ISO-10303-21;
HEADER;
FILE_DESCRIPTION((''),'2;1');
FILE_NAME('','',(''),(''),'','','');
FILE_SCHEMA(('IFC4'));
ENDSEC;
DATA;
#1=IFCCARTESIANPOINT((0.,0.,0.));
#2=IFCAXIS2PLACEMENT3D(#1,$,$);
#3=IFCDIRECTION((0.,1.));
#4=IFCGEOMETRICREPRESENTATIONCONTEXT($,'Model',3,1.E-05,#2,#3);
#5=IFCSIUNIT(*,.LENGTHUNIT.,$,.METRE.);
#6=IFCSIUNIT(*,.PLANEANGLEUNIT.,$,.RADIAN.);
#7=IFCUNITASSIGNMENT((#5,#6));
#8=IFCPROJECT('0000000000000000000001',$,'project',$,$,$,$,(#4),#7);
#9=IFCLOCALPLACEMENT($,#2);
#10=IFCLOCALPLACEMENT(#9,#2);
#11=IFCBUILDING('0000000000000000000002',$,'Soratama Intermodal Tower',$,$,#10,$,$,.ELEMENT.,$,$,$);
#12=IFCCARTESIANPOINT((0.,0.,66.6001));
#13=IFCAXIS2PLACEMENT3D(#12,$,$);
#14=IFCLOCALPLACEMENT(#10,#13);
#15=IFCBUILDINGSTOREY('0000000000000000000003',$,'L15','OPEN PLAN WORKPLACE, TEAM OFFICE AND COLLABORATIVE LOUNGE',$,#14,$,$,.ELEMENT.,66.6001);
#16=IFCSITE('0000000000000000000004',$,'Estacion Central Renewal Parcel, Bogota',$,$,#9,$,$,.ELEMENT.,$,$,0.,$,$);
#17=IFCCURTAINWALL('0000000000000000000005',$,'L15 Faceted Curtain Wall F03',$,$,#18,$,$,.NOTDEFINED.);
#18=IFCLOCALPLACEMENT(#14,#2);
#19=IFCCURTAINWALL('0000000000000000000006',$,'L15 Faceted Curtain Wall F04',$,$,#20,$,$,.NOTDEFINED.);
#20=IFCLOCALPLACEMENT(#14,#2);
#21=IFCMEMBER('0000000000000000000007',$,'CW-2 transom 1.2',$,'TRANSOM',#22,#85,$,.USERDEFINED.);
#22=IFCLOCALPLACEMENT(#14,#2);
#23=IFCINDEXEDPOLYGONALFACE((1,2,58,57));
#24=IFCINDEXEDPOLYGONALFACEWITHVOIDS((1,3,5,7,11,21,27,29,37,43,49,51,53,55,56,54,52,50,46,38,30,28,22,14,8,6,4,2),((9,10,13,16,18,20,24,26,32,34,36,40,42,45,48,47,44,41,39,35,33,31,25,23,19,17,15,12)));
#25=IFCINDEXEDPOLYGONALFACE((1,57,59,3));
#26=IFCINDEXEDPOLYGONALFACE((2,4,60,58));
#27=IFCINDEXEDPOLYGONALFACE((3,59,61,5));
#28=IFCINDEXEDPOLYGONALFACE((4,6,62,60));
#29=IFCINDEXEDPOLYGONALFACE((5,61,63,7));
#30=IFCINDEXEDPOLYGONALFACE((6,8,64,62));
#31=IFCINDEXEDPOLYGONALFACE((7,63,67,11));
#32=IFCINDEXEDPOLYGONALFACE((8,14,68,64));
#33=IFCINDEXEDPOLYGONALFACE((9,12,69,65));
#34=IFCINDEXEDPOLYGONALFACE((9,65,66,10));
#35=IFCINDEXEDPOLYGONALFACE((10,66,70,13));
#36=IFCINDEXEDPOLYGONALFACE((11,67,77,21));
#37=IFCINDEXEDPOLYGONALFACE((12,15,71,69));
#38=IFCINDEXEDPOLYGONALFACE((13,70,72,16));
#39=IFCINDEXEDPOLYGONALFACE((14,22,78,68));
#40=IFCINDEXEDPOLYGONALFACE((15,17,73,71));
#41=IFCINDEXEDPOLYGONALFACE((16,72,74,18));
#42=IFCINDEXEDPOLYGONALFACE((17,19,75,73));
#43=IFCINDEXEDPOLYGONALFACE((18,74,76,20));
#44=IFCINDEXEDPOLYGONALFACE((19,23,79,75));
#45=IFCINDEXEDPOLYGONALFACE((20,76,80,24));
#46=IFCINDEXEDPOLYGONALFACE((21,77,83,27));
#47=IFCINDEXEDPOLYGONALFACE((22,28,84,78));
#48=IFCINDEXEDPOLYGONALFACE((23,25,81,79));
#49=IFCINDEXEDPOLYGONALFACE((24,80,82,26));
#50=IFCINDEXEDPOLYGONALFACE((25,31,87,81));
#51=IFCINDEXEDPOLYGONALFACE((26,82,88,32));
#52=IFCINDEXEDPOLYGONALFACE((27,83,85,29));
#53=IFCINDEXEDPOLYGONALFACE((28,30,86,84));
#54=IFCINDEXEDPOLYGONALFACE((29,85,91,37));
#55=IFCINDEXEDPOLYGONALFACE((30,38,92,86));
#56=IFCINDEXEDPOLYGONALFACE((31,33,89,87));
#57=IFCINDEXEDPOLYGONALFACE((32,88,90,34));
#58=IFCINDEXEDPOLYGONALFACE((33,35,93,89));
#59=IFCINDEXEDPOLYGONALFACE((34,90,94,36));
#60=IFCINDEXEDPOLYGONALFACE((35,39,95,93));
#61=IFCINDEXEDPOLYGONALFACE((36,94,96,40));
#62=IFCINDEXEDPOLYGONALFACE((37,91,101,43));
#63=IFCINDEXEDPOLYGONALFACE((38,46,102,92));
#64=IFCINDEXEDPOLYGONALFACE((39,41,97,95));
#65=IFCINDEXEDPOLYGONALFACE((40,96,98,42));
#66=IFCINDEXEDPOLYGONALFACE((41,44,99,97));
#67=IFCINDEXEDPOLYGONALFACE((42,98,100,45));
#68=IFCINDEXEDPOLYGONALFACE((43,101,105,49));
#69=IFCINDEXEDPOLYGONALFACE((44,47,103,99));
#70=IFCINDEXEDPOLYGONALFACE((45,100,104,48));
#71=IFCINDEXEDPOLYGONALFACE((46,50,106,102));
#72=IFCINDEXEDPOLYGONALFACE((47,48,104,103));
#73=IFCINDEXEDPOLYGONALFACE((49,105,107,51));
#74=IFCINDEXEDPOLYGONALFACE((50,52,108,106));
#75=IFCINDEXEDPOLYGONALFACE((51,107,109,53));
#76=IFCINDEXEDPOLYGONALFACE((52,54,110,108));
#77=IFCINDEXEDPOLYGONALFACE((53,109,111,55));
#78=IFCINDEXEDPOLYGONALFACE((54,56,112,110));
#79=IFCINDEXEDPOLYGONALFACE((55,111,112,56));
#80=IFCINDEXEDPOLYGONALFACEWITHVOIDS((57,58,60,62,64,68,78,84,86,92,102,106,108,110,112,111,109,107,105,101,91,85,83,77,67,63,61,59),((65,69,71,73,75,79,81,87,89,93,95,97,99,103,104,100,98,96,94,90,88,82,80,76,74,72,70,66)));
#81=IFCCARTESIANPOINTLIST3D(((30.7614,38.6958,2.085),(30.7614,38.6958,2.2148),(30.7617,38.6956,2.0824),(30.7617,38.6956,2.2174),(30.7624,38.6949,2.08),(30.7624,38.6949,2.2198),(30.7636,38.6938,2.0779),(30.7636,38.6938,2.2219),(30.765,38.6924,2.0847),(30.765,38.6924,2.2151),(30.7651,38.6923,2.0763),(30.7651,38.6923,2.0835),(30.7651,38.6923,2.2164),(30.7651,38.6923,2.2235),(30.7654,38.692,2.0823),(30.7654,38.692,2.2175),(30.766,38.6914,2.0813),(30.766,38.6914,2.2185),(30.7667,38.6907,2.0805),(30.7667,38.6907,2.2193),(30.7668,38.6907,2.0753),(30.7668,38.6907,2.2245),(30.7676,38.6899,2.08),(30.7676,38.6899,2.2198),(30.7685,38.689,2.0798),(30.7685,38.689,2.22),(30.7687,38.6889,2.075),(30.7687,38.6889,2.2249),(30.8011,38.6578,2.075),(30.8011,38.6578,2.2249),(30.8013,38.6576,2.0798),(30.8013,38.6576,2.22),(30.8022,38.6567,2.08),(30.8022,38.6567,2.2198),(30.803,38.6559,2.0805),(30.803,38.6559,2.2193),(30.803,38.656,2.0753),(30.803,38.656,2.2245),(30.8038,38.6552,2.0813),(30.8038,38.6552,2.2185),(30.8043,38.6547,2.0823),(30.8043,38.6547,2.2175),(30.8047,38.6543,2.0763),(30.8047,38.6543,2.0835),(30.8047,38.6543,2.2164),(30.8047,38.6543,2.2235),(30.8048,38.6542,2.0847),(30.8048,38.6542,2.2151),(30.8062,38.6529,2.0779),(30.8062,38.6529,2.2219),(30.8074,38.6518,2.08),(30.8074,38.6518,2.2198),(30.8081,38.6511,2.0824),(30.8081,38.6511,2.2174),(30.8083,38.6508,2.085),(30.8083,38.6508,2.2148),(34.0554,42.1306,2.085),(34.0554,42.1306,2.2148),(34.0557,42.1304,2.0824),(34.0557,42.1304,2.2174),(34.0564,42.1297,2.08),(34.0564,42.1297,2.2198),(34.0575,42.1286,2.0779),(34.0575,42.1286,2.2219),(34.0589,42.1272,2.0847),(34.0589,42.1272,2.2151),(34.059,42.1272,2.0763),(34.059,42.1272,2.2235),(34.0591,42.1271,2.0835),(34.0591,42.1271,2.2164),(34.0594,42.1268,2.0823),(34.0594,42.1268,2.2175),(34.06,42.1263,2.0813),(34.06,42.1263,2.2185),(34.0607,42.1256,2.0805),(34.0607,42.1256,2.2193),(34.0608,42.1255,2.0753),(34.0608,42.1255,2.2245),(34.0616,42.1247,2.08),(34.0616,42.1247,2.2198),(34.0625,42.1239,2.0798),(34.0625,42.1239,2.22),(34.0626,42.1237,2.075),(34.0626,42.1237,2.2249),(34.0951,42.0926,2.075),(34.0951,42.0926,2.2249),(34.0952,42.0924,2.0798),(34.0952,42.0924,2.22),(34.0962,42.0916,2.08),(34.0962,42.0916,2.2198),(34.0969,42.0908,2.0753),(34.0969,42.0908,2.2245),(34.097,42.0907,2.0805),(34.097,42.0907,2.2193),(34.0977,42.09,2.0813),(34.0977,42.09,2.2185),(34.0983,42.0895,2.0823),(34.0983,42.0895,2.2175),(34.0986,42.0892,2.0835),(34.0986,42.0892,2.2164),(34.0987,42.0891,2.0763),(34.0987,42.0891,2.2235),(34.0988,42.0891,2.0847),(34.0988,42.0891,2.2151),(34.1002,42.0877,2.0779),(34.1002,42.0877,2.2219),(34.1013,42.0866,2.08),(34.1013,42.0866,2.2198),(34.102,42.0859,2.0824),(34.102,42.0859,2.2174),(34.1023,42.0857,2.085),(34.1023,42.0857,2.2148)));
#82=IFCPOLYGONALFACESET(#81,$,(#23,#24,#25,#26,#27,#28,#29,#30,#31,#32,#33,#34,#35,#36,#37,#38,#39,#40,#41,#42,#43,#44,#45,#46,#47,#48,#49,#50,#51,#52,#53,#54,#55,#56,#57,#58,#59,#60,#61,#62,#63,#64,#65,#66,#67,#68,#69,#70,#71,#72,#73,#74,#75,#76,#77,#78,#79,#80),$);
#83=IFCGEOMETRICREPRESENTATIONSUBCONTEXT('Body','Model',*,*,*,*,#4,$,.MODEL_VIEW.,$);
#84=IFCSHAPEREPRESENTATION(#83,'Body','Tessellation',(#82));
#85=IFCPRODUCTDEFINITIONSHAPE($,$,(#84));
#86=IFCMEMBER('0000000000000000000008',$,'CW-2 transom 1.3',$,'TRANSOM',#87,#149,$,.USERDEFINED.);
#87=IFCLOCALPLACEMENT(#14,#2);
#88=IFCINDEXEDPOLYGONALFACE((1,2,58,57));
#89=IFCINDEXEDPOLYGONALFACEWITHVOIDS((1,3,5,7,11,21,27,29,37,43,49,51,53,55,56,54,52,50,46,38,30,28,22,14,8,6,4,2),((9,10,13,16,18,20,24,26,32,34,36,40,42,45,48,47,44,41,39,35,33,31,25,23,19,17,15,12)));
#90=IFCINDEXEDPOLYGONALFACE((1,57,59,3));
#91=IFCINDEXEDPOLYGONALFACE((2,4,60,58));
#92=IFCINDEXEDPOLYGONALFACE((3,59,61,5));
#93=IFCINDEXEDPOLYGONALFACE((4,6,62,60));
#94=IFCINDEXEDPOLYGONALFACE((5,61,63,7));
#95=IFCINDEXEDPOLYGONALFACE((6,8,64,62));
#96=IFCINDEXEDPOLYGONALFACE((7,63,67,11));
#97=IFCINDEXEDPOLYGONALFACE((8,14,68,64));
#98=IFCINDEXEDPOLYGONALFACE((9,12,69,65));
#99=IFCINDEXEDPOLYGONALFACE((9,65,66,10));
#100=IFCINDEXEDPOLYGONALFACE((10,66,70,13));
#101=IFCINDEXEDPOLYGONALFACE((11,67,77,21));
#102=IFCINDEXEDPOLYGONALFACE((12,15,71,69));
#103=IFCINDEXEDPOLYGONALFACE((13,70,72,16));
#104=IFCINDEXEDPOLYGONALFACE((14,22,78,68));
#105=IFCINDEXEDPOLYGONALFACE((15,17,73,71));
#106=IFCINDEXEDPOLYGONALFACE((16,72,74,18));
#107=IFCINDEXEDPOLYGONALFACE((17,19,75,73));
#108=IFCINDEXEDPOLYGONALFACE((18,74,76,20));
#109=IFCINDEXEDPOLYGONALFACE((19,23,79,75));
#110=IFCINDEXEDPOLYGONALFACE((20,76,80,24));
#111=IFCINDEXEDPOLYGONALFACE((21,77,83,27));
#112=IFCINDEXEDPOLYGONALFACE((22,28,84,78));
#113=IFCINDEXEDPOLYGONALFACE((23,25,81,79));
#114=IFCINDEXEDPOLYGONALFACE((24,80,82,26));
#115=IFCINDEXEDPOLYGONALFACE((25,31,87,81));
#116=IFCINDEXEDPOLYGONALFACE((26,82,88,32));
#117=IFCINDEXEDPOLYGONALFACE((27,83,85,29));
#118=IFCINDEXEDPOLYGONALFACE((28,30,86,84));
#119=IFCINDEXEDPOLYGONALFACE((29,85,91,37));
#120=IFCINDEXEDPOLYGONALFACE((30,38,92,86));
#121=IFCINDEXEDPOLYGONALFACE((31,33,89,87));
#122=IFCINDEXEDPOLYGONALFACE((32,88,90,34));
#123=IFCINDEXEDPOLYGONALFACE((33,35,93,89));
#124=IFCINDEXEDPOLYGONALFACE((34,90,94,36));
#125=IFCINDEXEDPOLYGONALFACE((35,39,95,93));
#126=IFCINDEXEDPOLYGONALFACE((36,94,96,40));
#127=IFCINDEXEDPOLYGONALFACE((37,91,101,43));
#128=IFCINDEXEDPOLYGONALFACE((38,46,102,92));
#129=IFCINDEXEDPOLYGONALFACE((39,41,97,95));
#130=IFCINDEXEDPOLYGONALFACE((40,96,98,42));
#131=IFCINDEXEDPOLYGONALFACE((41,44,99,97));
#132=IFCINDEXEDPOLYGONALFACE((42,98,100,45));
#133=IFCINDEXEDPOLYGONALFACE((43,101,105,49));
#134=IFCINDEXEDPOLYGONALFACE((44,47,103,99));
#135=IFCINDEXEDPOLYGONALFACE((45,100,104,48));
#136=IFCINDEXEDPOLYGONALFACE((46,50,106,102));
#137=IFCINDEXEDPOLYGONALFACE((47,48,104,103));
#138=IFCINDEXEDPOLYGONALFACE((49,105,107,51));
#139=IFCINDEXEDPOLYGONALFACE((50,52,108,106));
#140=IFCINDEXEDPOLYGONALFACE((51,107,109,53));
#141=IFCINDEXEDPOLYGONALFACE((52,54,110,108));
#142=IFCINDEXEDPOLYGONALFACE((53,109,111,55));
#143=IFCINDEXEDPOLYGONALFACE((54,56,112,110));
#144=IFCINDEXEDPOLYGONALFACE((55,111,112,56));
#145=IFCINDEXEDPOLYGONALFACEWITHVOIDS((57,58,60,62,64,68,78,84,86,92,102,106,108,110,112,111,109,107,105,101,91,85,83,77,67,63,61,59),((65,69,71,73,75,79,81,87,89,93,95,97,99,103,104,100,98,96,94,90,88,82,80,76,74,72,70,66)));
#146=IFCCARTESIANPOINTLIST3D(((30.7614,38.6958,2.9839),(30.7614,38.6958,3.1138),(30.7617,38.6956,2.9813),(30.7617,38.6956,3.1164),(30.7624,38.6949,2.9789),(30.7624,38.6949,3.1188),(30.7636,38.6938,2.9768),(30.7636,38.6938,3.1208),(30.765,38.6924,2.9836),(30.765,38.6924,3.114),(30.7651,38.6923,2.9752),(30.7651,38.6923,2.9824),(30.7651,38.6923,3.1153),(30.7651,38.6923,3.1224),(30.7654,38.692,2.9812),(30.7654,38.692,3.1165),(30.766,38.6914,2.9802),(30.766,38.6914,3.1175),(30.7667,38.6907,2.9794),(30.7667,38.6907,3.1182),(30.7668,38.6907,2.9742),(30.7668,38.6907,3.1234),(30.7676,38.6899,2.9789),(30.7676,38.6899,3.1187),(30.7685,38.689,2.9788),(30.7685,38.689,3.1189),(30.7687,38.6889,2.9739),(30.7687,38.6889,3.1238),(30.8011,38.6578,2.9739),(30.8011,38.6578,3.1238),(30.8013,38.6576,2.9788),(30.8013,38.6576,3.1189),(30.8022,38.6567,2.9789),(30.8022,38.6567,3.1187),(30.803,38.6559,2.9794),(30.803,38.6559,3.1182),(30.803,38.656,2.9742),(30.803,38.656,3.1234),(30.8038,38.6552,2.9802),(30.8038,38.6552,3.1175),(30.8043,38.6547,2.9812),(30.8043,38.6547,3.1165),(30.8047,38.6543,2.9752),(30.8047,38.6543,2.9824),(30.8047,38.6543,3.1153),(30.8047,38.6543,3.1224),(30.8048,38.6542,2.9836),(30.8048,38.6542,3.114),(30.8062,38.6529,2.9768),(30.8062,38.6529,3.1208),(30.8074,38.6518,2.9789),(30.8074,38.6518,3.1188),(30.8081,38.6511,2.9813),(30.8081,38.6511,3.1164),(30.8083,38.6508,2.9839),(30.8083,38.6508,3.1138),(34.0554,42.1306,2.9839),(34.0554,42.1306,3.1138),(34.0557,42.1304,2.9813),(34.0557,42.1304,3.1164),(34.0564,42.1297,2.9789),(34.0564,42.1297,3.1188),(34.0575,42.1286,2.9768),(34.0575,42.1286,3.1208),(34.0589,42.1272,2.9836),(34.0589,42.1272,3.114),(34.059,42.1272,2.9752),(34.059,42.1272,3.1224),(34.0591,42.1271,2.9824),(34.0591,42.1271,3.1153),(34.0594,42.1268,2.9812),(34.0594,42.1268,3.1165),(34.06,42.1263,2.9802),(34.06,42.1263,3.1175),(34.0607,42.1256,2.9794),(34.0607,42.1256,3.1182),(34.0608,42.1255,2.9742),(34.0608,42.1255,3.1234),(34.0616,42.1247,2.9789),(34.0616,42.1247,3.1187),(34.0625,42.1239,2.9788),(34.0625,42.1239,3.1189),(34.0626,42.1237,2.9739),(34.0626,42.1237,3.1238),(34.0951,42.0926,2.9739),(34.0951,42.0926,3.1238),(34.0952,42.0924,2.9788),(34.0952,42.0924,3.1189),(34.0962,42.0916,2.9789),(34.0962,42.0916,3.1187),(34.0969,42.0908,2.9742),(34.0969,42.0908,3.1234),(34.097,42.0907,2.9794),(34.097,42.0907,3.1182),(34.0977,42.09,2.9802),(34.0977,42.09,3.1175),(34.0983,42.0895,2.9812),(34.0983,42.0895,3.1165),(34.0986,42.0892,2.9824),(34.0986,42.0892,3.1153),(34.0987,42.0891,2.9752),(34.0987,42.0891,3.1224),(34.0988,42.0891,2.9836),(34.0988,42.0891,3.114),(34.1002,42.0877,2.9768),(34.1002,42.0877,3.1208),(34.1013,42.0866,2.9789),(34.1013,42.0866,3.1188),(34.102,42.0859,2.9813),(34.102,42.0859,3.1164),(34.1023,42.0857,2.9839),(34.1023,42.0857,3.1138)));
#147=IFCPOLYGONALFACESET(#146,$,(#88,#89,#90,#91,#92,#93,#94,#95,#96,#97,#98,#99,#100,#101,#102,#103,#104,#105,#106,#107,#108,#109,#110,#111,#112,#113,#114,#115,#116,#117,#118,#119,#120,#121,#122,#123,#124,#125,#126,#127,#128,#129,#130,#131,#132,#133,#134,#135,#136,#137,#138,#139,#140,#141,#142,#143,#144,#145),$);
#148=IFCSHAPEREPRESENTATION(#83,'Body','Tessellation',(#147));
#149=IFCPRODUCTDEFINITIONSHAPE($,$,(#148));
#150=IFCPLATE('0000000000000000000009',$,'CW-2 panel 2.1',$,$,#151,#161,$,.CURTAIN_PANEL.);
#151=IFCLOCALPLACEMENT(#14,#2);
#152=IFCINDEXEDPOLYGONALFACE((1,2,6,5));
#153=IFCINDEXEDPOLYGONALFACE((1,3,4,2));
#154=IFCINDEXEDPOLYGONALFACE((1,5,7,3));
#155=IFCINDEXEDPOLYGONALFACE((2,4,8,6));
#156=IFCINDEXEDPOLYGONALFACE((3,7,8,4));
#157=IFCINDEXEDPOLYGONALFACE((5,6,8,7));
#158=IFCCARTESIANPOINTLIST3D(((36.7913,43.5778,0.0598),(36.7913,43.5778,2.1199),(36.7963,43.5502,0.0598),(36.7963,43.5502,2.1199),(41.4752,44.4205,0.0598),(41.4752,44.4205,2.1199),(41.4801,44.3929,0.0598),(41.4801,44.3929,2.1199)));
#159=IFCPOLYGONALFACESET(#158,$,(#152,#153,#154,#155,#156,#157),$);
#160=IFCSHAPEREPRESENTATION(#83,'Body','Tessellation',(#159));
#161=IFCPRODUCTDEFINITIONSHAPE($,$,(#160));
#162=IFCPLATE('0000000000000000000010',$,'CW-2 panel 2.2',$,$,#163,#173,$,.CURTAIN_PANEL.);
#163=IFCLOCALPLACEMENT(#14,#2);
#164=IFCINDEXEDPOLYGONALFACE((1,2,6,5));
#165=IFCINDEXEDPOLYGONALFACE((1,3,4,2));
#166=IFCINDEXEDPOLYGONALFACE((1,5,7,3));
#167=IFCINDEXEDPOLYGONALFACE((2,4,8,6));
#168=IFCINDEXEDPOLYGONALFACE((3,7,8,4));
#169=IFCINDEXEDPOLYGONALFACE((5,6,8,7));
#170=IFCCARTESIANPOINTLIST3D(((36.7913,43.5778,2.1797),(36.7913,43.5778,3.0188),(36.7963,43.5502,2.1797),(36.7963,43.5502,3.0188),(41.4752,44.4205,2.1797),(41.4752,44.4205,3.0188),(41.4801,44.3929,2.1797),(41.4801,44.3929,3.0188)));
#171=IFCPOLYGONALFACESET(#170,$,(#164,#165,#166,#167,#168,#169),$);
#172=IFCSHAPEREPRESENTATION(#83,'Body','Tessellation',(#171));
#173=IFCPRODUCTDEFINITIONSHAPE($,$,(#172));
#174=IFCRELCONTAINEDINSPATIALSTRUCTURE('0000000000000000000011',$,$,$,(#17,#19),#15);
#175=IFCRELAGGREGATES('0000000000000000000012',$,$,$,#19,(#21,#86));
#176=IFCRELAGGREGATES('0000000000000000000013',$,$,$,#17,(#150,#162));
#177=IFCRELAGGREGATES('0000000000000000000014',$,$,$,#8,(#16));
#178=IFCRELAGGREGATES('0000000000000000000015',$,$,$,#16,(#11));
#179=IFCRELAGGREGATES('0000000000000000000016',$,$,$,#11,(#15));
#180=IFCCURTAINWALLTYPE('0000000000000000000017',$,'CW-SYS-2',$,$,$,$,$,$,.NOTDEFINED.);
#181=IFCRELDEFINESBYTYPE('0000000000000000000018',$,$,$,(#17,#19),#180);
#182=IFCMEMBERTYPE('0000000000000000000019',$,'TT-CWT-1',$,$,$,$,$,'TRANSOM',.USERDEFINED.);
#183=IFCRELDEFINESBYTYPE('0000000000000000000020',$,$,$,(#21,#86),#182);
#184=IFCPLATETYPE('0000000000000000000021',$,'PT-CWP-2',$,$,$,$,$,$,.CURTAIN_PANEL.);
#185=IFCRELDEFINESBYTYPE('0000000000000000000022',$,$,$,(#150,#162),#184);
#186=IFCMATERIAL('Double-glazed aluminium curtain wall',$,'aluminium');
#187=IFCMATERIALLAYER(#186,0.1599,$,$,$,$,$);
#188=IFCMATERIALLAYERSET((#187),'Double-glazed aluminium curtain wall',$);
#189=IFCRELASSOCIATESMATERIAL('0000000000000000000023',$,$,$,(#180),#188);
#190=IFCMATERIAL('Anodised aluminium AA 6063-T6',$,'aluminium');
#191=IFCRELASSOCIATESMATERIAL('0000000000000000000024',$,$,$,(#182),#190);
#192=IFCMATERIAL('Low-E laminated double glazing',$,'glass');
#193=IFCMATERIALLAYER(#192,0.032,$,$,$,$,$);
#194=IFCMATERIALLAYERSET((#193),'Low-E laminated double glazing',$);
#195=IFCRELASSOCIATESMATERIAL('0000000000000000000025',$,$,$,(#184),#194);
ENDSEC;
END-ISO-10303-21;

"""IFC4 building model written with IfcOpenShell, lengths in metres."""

from ifc_helpers import new_model, si_unit, direction, frame, origin, origin_2d, place, context, subcontext, project, spatial, rectangle, hollow_rectangle, extrude, material, layer, layer_set, material_profile, profile_set, type_object, element, aggregate, save


model = new_model("IFC4")

# Units and contexts
model_context = context("Model", 3, precision=1e-05, world=origin(), true_north=direction((0.0, 1.0)))
body_context = subcontext(model_context, "Body", "Model", "MODEL_VIEW")
ifc_project = project(units=[si_unit("LENGTHUNIT", "METRE"), si_unit("PLANEANGLEUNIT", "RADIAN")], contexts=[model_context])

# Site, building, storey
site_placement = place(None, origin())
site = spatial("IfcSite", under=ifc_project, at=site_placement, Name="Estacion Central Renewal Parcel, Bogota", CompositionType="ELEMENT", RefElevation=0.0)
building_placement = place(site_placement, origin())
building = spatial("IfcBuilding", under=site, at=building_placement, Name="Soratama Intermodal Tower", CompositionType="ELEMENT")
storey_placement = place(building_placement, frame((0.0, 0.0, 66.6001)))
storey = spatial("IfcBuildingStorey", under=building, at=storey_placement, Name="L15", Description="OPEN PLAN WORKPLACE, TEAM OFFICE AND COLLABORATIVE LOUNGE", CompositionType="ELEMENT", Elevation=66.6001)

# Curtain wall
ifc_material_1 = material(Name="Double-glazed aluminium curtain wall", Category="aluminium")
ifc_layer_1 = layer(ifc_material_1, 0.1599)
ifc_layer_set_1 = layer_set([ifc_layer_1], Name="Double-glazed aluminium curtain wall")
curtain_wall_type = type_object("IfcCurtainWallType", Name="CW-SYS-2", PredefinedType="NOTDEFINED", material=ifc_layer_set_1)
curtain_wall_1_placement = place(storey_placement, origin())
curtain_wall_1 = element("IfcCurtainWall", 1, at=curtain_wall_1_placement, inside=storey, type_object=curtain_wall_type, Name="L15 Faceted Curtain Wall F03", PredefinedType="NOTDEFINED")

# Curtain wall, members
curtain_wall_2_placement = place(storey_placement, origin())
curtain_wall_2 = element("IfcCurtainWall", 2, at=curtain_wall_2_placement, inside=storey, type_object=curtain_wall_type, Name="L15 Faceted Curtain Wall F04", PredefinedType="NOTDEFINED")
ifc_material_2 = material(Name="Anodised aluminium AA 6063-T6", Category="aluminium")
ifc_material_profile_1 = material_profile(ifc_material_2, hollow_rectangle(XDim=0.0649, YDim=0.1499, WallThickness=0.0049, InnerFilletRadius=0.0049, OuterFilletRadius=0.01, at=origin_2d()), Name="CWT150X65X5")
ifc_profile_set_1 = profile_set([ifc_material_profile_1], Name="Anodised aluminium AA 6063-T6")
member_type_1 = type_object("IfcMemberType", Name="TT-CWT-1", ElementType="TRANSOM", PredefinedType="USERDEFINED", material=ifc_profile_set_1)
member_1_placement = place(storey_placement, frame((34.0789, 42.1082, 2.1499), z_axis=(-0.692152, -0.721752, 0.0), x_axis=(0.721752, -0.692152, 0.0)))
member_1 = element("IfcMember", 3, at=member_1_placement, type_object=member_type_1, Name="CW-2 transom 1.2", ObjectType="TRANSOM", PredefinedType="USERDEFINED", context=body_context, shape_type="SweptSolid", body=[
    extrude(hollow_rectangle(XDim=0.0649, YDim=0.1499, WallThickness=0.0049, InnerFilletRadius=0.0049, OuterFilletRadius=0.01, at=origin_2d()), origin(), (0.0, 0.0, 1.0), 4.759),
])
member_2_placement = place(storey_placement, frame((34.0789, 42.1082, 3.0488), z_axis=(-0.692152, -0.721752, 0.0), x_axis=(0.721752, -0.692152, 0.0)))
member_2 = element("IfcMember", 4, at=member_2_placement, type_object=member_type_1, Name="CW-2 transom 1.3", ObjectType="TRANSOM", PredefinedType="USERDEFINED", context=body_context, shape_type="SweptSolid", body=[
    extrude(hollow_rectangle(XDim=0.0649, YDim=0.1499, WallThickness=0.0049, InnerFilletRadius=0.0049, OuterFilletRadius=0.01, at=origin_2d()), origin(), (0.0, 0.0, 1.0), 4.759),
])
aggregate(curtain_wall_2, [member_1, member_2])

# Plates
ifc_material_3 = material(Name="Low-E laminated double glazing", Category="glass")
ifc_layer_2 = layer(ifc_material_3, 0.032)
ifc_layer_set_2 = layer_set([ifc_layer_2], Name="Low-E laminated double glazing")
plate_type = type_object("IfcPlateType", Name="PT-CWP-2", PredefinedType="CURTAIN_PANEL", material=ifc_layer_set_2)
plate_1_placement = place(storey_placement, frame((39.1357, 43.9854, 0.0598), z_axis=(0.0, 0.0, 1.0), x_axis=(-0.984197, -0.177078, 0.0)))
plate_1 = element("IfcPlate", 5, at=plate_1_placement, type_object=plate_type, Name="CW-2 panel 2.1", PredefinedType="CURTAIN_PANEL", context=body_context, shape_type="SweptSolid", body=[
    extrude(rectangle(XDim=4.759, YDim=0.0281, at=origin_2d()), origin(), (0.0, 0.0, 1.0), 2.0601),
])
plate_2_placement = place(storey_placement, frame((39.1357, 43.9854, 2.1797), z_axis=(0.0, 0.0, 1.0), x_axis=(-0.984197, -0.177078, 0.0)))
plate_2 = element("IfcPlate", 6, at=plate_2_placement, type_object=plate_type, Name="CW-2 panel 2.2", PredefinedType="CURTAIN_PANEL", context=body_context, shape_type="SweptSolid", body=[
    extrude(rectangle(XDim=4.759, YDim=0.0281, at=origin_2d()), origin(), (0.0, 0.0, 1.0), 0.8391),
])
aggregate(curtain_wall_1, [plate_1, plate_2])

save(model, "model.ifc")
